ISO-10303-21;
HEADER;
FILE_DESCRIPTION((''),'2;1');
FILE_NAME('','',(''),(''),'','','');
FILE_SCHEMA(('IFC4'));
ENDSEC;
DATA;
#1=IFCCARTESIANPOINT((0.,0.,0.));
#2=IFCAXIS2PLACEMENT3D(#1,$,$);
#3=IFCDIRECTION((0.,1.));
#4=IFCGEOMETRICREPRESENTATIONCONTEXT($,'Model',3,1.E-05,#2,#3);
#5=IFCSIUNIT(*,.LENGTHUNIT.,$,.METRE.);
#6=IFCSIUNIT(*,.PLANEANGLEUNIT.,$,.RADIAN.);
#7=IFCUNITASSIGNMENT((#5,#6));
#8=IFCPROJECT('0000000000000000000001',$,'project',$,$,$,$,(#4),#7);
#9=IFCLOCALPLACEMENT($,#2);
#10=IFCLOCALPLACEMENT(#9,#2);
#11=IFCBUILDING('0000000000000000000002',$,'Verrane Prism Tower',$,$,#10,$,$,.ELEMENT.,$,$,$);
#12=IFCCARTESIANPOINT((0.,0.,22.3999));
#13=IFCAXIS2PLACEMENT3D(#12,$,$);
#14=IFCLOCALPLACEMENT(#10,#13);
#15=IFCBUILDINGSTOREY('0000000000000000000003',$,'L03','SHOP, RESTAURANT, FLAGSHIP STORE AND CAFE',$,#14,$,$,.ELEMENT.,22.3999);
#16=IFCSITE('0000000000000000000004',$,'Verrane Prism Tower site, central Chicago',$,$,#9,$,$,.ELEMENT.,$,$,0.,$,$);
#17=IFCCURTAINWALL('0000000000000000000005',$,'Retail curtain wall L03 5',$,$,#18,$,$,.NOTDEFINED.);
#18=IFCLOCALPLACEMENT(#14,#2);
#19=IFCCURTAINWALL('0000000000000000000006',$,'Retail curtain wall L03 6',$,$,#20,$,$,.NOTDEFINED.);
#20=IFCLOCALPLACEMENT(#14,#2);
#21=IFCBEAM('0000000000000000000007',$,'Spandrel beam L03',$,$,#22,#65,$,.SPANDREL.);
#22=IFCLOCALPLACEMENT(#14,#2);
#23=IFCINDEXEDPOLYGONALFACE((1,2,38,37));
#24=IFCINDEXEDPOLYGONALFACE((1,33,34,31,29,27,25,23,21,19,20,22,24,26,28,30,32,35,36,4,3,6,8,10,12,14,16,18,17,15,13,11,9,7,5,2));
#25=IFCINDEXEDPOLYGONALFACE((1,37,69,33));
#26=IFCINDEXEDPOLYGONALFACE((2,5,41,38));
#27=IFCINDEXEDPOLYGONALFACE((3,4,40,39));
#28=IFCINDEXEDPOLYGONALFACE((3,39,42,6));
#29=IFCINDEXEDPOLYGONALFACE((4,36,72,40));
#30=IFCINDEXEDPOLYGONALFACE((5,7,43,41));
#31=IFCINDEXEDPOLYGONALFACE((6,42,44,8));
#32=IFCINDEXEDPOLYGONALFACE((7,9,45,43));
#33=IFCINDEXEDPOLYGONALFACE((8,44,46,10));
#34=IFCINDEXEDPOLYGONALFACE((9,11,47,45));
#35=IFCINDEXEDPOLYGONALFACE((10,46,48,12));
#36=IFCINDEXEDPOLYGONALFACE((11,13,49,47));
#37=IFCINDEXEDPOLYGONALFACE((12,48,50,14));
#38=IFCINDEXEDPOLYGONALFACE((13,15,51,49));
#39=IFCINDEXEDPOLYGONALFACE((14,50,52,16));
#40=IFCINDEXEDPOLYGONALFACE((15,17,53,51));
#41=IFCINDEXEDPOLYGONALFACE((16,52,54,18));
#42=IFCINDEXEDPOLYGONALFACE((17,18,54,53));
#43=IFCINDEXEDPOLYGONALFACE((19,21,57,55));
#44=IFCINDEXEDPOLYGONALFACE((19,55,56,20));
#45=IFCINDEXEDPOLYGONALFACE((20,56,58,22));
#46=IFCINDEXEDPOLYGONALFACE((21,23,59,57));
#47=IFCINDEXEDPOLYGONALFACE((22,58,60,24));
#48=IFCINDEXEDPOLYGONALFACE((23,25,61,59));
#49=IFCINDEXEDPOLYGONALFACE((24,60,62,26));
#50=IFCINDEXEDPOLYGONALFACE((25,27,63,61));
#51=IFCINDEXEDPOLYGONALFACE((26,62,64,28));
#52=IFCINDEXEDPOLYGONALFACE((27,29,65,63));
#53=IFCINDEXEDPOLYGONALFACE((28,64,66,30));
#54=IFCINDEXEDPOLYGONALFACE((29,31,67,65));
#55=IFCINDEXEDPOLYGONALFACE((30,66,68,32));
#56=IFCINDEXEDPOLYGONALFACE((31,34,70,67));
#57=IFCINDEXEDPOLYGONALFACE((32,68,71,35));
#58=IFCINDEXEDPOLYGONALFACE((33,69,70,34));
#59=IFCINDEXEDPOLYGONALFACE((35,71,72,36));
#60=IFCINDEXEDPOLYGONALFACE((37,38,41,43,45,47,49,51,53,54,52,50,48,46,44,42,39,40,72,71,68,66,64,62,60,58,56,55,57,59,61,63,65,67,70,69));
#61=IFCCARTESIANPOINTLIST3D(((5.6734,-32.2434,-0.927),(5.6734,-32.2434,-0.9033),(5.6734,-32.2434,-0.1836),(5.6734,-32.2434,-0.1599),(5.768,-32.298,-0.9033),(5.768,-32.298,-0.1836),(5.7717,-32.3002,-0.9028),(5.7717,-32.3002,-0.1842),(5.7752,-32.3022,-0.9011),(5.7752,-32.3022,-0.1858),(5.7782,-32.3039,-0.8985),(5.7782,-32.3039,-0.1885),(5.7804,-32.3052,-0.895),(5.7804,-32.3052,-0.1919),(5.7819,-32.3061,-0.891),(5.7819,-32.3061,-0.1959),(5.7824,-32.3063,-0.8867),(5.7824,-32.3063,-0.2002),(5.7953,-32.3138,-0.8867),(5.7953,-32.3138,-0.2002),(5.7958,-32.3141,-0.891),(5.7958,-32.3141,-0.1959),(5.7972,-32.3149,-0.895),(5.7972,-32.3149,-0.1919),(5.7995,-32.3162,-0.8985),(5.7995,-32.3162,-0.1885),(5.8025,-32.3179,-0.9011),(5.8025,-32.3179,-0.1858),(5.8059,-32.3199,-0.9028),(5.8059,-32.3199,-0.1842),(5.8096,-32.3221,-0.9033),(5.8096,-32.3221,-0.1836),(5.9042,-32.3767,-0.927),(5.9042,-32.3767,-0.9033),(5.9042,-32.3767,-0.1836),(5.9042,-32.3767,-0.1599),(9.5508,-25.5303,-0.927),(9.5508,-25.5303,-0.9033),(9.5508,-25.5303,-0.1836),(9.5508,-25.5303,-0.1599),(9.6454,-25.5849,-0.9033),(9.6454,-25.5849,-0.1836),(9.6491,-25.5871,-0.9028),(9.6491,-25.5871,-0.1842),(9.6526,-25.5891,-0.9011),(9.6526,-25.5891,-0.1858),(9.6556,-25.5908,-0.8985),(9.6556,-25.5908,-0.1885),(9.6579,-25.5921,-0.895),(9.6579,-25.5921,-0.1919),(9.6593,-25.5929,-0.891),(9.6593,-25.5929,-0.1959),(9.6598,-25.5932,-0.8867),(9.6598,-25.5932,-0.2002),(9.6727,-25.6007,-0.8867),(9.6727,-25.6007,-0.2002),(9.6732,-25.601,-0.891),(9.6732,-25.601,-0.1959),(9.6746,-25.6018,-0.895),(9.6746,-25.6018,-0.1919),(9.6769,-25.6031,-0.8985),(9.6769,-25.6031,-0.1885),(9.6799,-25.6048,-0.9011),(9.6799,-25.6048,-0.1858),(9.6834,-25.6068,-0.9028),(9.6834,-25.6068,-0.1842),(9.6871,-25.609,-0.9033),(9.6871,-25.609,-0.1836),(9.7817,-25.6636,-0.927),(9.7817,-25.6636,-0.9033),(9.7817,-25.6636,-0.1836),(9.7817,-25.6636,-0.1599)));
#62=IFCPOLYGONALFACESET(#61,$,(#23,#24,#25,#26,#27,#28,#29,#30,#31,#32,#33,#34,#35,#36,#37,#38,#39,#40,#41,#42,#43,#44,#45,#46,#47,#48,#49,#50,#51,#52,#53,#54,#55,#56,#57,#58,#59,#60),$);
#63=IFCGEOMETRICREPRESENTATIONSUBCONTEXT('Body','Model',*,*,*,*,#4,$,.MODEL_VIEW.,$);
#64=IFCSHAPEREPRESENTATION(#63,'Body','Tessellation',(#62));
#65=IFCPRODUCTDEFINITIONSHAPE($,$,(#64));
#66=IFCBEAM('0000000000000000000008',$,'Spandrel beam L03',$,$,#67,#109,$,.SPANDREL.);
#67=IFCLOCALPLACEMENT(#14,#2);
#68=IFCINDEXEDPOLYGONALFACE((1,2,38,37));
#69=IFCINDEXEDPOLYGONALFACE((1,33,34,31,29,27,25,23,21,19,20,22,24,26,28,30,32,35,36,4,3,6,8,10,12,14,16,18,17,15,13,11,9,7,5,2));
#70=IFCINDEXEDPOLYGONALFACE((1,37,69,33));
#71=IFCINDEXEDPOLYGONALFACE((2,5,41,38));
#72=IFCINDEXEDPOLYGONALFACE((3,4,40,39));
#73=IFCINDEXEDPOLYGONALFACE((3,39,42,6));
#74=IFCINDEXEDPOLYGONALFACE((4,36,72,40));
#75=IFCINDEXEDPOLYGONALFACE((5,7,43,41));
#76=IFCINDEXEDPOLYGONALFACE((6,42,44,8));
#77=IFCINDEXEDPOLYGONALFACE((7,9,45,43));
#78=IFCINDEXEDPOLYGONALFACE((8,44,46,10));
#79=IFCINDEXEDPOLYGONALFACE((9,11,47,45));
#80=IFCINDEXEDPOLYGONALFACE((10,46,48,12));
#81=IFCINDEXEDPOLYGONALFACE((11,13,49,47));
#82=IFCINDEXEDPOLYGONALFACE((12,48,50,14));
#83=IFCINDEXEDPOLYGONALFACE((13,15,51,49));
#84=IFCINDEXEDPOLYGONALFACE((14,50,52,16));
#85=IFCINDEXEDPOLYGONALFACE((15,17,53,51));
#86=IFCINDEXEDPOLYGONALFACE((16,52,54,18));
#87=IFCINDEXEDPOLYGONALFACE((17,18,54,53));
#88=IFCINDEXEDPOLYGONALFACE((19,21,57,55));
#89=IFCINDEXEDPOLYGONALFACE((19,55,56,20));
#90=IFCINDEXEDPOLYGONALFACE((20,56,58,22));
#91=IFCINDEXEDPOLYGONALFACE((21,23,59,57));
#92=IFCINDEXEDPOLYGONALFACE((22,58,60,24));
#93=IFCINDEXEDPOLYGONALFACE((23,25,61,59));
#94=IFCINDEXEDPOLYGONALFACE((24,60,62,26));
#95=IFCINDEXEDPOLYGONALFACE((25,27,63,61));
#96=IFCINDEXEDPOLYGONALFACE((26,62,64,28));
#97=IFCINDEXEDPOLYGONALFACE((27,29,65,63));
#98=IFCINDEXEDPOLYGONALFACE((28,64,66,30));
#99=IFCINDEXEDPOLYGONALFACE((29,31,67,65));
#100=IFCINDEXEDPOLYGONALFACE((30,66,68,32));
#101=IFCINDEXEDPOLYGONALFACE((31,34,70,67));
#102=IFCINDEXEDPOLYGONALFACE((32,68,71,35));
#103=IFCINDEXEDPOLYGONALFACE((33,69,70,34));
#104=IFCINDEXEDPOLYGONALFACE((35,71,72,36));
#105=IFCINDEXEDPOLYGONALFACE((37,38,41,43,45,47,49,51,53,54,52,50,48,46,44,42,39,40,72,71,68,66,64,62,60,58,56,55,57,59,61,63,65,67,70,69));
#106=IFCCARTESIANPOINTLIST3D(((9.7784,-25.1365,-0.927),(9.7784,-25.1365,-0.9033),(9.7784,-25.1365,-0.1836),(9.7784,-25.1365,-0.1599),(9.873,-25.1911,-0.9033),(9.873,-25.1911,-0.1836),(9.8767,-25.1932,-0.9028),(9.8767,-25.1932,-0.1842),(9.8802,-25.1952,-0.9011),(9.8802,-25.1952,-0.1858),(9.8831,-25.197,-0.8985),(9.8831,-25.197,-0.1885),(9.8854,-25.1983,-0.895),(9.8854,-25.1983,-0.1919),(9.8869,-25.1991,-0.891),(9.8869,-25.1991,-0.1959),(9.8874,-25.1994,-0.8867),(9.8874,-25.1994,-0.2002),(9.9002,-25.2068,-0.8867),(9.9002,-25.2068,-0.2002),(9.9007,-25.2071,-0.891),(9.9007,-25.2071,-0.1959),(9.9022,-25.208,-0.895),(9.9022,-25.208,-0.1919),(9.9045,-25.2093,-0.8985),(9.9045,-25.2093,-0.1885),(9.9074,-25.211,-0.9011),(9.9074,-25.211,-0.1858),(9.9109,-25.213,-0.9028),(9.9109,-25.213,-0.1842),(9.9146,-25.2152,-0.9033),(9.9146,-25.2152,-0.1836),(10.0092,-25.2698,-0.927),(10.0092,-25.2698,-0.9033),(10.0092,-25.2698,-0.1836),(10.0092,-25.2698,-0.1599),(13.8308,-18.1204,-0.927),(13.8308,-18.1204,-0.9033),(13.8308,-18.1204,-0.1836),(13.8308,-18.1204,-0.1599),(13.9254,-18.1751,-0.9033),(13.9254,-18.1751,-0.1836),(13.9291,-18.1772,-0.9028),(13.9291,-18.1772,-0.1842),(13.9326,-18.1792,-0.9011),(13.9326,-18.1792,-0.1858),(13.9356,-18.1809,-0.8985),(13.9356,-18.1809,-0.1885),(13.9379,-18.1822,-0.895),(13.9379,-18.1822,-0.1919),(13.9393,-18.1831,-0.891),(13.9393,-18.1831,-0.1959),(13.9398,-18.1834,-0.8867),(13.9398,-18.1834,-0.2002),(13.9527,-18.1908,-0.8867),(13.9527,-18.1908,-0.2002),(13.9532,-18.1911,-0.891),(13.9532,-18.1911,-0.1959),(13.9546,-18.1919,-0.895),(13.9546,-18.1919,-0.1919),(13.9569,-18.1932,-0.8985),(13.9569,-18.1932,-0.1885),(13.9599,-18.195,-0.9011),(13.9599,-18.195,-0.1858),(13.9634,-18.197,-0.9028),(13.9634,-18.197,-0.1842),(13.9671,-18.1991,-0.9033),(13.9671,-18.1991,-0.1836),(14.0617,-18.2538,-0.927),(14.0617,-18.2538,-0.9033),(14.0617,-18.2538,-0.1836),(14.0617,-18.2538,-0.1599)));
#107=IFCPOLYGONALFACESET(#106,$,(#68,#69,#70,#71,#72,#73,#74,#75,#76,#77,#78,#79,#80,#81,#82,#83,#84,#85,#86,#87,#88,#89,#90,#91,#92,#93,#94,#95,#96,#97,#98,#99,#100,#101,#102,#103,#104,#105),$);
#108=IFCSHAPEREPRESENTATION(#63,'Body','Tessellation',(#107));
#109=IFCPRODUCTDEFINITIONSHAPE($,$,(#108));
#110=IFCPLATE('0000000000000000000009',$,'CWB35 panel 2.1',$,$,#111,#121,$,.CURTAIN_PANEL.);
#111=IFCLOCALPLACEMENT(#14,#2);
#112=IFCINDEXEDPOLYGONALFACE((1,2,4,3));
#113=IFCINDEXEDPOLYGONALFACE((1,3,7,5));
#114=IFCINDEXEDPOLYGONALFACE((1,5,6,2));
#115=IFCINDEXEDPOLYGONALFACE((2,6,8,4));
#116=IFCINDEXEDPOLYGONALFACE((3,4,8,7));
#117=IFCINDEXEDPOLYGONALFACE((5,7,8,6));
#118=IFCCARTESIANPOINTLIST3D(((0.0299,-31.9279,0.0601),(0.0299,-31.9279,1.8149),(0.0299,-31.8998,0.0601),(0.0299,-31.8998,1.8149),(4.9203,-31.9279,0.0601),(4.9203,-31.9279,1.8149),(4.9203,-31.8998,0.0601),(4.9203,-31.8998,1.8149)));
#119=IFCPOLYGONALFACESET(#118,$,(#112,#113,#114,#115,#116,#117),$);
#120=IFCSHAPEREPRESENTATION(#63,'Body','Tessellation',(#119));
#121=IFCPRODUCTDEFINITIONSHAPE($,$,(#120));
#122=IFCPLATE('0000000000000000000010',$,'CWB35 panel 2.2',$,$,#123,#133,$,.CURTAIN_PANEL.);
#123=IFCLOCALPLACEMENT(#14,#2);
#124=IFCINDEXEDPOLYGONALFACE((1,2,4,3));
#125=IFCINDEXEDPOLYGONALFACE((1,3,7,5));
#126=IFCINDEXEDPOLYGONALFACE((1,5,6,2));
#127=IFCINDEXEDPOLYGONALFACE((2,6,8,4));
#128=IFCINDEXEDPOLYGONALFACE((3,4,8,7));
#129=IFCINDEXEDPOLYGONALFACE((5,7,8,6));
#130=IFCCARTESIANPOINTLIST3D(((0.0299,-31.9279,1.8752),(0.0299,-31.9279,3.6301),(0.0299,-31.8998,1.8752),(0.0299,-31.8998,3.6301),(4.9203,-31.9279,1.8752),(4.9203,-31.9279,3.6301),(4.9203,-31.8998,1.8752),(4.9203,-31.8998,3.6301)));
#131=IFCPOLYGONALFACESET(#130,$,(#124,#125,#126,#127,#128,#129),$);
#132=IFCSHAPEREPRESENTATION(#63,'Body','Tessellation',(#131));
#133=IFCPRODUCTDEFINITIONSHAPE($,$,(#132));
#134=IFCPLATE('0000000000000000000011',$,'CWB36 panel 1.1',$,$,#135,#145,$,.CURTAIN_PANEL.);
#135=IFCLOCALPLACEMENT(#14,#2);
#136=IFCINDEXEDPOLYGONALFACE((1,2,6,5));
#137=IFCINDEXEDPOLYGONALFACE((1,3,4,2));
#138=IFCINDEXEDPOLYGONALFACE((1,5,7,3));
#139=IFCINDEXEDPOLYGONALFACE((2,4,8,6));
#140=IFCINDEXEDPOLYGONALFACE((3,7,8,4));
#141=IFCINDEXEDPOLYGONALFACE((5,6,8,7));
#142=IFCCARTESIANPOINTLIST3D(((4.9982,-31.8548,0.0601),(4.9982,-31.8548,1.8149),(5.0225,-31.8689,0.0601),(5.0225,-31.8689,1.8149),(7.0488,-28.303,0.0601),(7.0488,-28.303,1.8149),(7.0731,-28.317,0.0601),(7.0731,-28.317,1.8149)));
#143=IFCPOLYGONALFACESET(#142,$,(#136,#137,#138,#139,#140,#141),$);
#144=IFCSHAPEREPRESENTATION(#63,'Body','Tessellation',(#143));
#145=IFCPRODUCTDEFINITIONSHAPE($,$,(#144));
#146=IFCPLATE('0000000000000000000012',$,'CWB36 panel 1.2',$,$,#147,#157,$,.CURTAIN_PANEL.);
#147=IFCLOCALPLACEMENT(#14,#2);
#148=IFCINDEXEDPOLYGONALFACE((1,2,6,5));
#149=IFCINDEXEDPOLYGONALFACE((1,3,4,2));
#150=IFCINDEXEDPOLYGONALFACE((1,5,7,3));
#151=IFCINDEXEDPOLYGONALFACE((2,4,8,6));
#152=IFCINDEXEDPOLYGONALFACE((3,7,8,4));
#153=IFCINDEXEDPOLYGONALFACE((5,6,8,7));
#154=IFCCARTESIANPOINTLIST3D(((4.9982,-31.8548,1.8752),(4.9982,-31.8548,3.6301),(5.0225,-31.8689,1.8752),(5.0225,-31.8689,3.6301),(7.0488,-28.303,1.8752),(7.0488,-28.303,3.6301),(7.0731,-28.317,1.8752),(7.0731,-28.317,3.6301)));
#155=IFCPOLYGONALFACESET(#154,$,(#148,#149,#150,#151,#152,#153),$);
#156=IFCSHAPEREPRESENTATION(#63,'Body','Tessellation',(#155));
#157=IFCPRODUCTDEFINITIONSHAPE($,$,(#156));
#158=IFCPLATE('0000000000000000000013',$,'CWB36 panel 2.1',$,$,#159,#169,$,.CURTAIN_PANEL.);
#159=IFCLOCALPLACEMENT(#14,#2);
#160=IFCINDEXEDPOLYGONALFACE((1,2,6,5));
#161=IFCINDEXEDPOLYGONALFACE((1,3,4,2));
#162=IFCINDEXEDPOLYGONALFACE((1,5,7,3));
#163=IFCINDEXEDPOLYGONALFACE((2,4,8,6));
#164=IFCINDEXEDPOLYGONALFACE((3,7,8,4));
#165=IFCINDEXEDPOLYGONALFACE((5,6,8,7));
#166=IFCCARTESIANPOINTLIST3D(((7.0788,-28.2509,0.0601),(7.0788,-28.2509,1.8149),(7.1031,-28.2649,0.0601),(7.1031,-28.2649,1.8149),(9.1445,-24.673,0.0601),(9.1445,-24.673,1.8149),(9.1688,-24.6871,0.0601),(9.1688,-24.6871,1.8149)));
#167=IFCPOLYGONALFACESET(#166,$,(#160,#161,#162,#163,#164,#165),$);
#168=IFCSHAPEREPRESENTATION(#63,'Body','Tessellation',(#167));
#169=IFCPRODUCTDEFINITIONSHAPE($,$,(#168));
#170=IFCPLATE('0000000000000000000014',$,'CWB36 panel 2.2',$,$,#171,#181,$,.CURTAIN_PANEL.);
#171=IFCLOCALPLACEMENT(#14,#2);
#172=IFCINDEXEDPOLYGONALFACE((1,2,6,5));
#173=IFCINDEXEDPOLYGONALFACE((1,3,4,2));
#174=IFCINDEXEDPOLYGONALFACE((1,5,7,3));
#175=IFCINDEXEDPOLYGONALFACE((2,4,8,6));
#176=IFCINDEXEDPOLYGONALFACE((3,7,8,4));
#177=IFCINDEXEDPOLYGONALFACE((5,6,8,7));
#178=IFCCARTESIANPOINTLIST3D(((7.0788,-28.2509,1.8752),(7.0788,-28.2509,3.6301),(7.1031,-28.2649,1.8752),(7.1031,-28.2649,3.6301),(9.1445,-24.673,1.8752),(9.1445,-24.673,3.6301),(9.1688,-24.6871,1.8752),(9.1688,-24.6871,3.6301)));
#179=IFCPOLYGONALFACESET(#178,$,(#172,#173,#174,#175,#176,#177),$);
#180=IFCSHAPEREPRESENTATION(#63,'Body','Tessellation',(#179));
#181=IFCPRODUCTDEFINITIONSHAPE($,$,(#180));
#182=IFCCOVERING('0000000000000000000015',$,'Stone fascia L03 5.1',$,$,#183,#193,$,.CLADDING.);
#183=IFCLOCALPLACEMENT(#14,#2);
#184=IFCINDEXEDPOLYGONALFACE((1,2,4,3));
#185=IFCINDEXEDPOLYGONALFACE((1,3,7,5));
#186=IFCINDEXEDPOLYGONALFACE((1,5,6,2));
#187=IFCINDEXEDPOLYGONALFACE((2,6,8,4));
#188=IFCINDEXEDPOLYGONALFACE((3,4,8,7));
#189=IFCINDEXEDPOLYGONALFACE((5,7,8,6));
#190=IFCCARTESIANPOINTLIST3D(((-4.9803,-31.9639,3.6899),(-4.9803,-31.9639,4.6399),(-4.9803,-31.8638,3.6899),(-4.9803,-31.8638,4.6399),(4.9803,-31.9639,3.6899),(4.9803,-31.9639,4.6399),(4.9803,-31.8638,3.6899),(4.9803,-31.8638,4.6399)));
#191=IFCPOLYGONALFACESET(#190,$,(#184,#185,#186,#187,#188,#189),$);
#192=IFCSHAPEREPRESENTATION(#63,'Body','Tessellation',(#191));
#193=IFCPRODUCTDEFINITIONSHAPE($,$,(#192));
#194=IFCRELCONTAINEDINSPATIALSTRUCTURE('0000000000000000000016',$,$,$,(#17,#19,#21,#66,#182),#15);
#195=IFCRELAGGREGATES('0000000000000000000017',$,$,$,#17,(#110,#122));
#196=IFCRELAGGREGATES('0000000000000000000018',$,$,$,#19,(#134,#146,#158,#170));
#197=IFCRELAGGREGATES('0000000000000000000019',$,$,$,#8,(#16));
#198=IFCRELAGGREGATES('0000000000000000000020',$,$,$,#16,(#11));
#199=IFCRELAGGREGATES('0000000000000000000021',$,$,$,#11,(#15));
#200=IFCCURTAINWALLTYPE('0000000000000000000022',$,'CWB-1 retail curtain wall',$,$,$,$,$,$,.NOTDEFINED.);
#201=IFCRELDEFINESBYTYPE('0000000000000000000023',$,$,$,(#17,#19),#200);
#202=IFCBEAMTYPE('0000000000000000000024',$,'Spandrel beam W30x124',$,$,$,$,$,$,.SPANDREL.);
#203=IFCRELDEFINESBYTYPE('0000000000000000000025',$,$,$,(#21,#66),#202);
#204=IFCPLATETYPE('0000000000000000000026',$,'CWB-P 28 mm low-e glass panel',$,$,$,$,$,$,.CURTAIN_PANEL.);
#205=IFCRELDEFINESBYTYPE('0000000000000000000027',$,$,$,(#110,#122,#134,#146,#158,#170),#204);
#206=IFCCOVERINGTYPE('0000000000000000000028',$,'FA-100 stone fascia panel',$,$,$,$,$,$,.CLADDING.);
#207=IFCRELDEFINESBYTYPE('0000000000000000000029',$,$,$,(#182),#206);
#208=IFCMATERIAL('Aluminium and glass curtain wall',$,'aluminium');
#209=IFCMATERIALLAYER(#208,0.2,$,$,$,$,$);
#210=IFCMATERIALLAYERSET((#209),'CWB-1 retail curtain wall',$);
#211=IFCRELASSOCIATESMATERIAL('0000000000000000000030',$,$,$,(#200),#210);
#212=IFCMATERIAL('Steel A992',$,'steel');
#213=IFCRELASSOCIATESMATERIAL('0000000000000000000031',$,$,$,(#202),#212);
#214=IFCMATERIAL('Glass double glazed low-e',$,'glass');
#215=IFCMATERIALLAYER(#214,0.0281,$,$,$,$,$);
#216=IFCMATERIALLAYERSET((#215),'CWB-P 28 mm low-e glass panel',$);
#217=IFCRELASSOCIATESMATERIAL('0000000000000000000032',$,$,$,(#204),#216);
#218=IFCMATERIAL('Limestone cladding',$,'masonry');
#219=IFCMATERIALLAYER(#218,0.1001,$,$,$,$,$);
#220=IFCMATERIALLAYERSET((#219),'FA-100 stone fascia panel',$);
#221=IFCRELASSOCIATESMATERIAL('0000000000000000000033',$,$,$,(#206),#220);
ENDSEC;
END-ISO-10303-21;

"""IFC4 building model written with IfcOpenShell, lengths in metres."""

from ifc_helpers import new_model, si_unit, direction, frame, origin, origin_2d, place, context, subcontext, project, spatial, rectangle, i_section, extrude, material, layer, layer_set, material_profile, profile_set, type_object, element, aggregate, save


model = new_model("IFC4")

# Units and contexts
model_context = context("Model", 3, precision=1e-05, world=origin(), true_north=direction((0.0, 1.0)))
body_context = subcontext(model_context, "Body", "Model", "MODEL_VIEW")
ifc_project = project(units=[si_unit("LENGTHUNIT", "METRE"), si_unit("PLANEANGLEUNIT", "RADIAN")], contexts=[model_context])

# Site, building, storey
site_placement = place(None, origin())
site = spatial("IfcSite", under=ifc_project, at=site_placement, Name="Verrane Prism Tower site, central Chicago", CompositionType="ELEMENT", RefElevation=0.0)
building_placement = place(site_placement, origin())
building = spatial("IfcBuilding", under=site, at=building_placement, Name="Verrane Prism Tower", CompositionType="ELEMENT")
storey_placement = place(building_placement, frame((0.0, 0.0, 22.3999)))
storey = spatial("IfcBuildingStorey", under=building, at=storey_placement, Name="L03", Description="SHOP, RESTAURANT, FLAGSHIP STORE AND CAFE", CompositionType="ELEMENT", Elevation=22.3999)

# Curtain walls
ifc_material_1 = material(Name="Aluminium and glass curtain wall", Category="aluminium")
ifc_layer_1 = layer(ifc_material_1, 0.2)
ifc_layer_set_1 = layer_set([ifc_layer_1], Name="CWB-1 retail curtain wall")
curtain_wall_type = type_object("IfcCurtainWallType", Name="CWB-1 retail curtain wall", PredefinedType="NOTDEFINED", material=ifc_layer_set_1)
curtain_wall_1_placement = place(storey_placement, origin())
curtain_wall_1 = element("IfcCurtainWall", 1, at=curtain_wall_1_placement, inside=storey, type_object=curtain_wall_type, Name="Retail curtain wall L03 5", PredefinedType="NOTDEFINED")
curtain_wall_2_placement = place(storey_placement, origin())
curtain_wall_2 = element("IfcCurtainWall", 2, at=curtain_wall_2_placement, inside=storey, type_object=curtain_wall_type, Name="Retail curtain wall L03 6", PredefinedType="NOTDEFINED")

# Beams
ifc_material_2 = material(Name="Steel A992", Category="steel")
ifc_material_profile_1 = material_profile(ifc_material_2, i_section(OverallWidth=0.2666, OverallDepth=0.7671, WebThickness=0.0149, FlangeThickness=0.0237, FilletRadius=0.0166, at=origin_2d()), Name="W30x124")
ifc_profile_set_1 = profile_set([ifc_material_profile_1], Name="Steel A992")
beam_type_1 = type_object("IfcBeamType", Name="Spandrel beam W30x124", PredefinedType="SPANDREL", material=ifc_profile_set_1)
beam_1_placement = place(storey_placement, frame((5.7888, -32.3101, -0.5435), z_axis=(0.500156, 0.865935, 0.0), x_axis=(-0.865935, 0.500156, 0.0)))
element("IfcBeam", 3, at=beam_1_placement, inside=storey, type_object=beam_type_1, Name="Spandrel beam L03", PredefinedType="SPANDREL", context=body_context, shape_type="SweptSolid", body=[
    extrude(i_section(OverallWidth=0.2666, OverallDepth=0.7671, WebThickness=0.0149, FlangeThickness=0.0237, FilletRadius=0.0166, at=origin_2d()), origin(), (0.0, 0.0, 1.0), 7.7524),
])
beam_2_placement = place(storey_placement, frame((9.8938, -25.2031, -0.5435), z_axis=(0.500161, 0.865933, 0.0), x_axis=(-0.865933, 0.500161, 0.0)))
element("IfcBeam", 4, at=beam_2_placement, inside=storey, type_object=beam_type_1, Name="Spandrel beam L03", PredefinedType="SPANDREL", context=body_context, shape_type="SweptSolid", body=[
    extrude(i_section(OverallWidth=0.2666, OverallDepth=0.7671, WebThickness=0.0149, FlangeThickness=0.0237, FilletRadius=0.0166, at=origin_2d()), origin(), (0.0, 0.0, 1.0), 8.1023),
])

# Plates
ifc_material_3 = material(Name="Glass double glazed low-e", Category="glass")
ifc_layer_2 = layer(ifc_material_3, 0.0281)
ifc_layer_set_2 = layer_set([ifc_layer_2], Name="CWB-P 28 mm low-e glass panel")
plate_type = type_object("IfcPlateType", Name="CWB-P 28 mm low-e glass panel", PredefinedType="CURTAIN_PANEL", material=ifc_layer_set_2)
plate_1_placement = place(storey_placement, frame((2.4751, -31.9138, 0.0601), z_axis=(0.0, 0.0, 1.0), x_axis=(1.0, 0.0, 0.0)))
plate_1 = element("IfcPlate", 5, at=plate_1_placement, type_object=plate_type, Name="CWB35 panel 2.1", PredefinedType="CURTAIN_PANEL", context=body_context, shape_type="SweptSolid", body=[
    extrude(rectangle(XDim=4.8904, YDim=0.0281, at=origin_2d()), origin(), (0.0, 0.0, 1.0), 1.7549),
])
plate_2_placement = place(storey_placement, frame((2.4751, -31.9138, 1.8752), z_axis=(0.0, 0.0, 1.0), x_axis=(1.0, 0.0, 0.0)))
plate_2 = element("IfcPlate", 6, at=plate_2_placement, type_object=plate_type, Name="CWB35 panel 2.2", PredefinedType="CURTAIN_PANEL", context=body_context, shape_type="SweptSolid", body=[
    extrude(rectangle(XDim=4.8904, YDim=0.0281, at=origin_2d()), origin(), (0.0, 0.0, 1.0), 1.7549),
])
aggregate(curtain_wall_1, [plate_1, plate_2])
plate_3_placement = place(storey_placement, frame((6.0356, -30.0859, 0.0601), z_axis=(0.0, 0.0, 1.0), x_axis=(0.5, 0.866025, 0.0)))
plate_3 = element("IfcPlate", 7, at=plate_3_placement, type_object=plate_type, Name="CWB36 panel 1.1", PredefinedType="CURTAIN_PANEL", context=body_context, shape_type="SweptSolid", body=[
    extrude(rectangle(XDim=4.1013, YDim=0.0281, at=origin_2d()), origin(), (0.0, 0.0, 1.0), 1.7549),
])
plate_4_placement = place(storey_placement, frame((6.0356, -30.0859, 1.8752), z_axis=(0.0, 0.0, 1.0), x_axis=(0.5, 0.866025, 0.0)))
plate_4 = element("IfcPlate", 8, at=plate_4_placement, type_object=plate_type, Name="CWB36 panel 1.2", PredefinedType="CURTAIN_PANEL", context=body_context, shape_type="SweptSolid", body=[
    extrude(rectangle(XDim=4.1013, YDim=0.0281, at=origin_2d()), origin(), (0.0, 0.0, 1.0), 1.7549),
])
plate_5_placement = place(storey_placement, frame((8.1238, -26.469, 0.0601), z_axis=(0.0, 0.0, 1.0), x_axis=(0.5, 0.866025, 0.0)))
plate_5 = element("IfcPlate", 9, at=plate_5_placement, type_object=plate_type, Name="CWB36 panel 2.1", PredefinedType="CURTAIN_PANEL", context=body_context, shape_type="SweptSolid", body=[
    extrude(rectangle(XDim=4.1313, YDim=0.0281, at=origin_2d()), origin(), (0.0, 0.0, 1.0), 1.7549),
])
plate_6_placement = place(storey_placement, frame((8.1238, -26.469, 1.8752), z_axis=(0.0, 0.0, 1.0), x_axis=(0.5, 0.866025, 0.0)))
plate_6 = element("IfcPlate", 10, at=plate_6_placement, type_object=plate_type, Name="CWB36 panel 2.2", PredefinedType="CURTAIN_PANEL", context=body_context, shape_type="SweptSolid", body=[
    extrude(rectangle(XDim=4.1313, YDim=0.0281, at=origin_2d()), origin(), (0.0, 0.0, 1.0), 1.7549),
])
aggregate(curtain_wall_2, [plate_3, plate_4, plate_5, plate_6])

# Covering
ifc_material_4 = material(Name="Limestone cladding", Category="masonry")
ifc_layer_3 = layer(ifc_material_4, 0.1001)
ifc_layer_set_3 = layer_set([ifc_layer_3], Name="FA-100 stone fascia panel")
covering_type = type_object("IfcCoveringType", Name="FA-100 stone fascia panel", PredefinedType="CLADDING", material=ifc_layer_set_3)
covering_1_placement = place(storey_placement, frame((0.0, -31.9138, 3.6899), z_axis=(0.0, 0.0, 1.0), x_axis=(1.0, 0.0, 0.0)))
element("IfcCovering", 11, at=covering_1_placement, inside=storey, type_object=covering_type, Name="Stone fascia L03 5.1", PredefinedType="CLADDING", context=body_context, shape_type="SweptSolid", body=[
    extrude(rectangle(XDim=9.9607, YDim=0.1001, at=origin_2d()), origin(), (0.0, 0.0, 1.0), 0.95),
])

save(model, "model.ifc")
